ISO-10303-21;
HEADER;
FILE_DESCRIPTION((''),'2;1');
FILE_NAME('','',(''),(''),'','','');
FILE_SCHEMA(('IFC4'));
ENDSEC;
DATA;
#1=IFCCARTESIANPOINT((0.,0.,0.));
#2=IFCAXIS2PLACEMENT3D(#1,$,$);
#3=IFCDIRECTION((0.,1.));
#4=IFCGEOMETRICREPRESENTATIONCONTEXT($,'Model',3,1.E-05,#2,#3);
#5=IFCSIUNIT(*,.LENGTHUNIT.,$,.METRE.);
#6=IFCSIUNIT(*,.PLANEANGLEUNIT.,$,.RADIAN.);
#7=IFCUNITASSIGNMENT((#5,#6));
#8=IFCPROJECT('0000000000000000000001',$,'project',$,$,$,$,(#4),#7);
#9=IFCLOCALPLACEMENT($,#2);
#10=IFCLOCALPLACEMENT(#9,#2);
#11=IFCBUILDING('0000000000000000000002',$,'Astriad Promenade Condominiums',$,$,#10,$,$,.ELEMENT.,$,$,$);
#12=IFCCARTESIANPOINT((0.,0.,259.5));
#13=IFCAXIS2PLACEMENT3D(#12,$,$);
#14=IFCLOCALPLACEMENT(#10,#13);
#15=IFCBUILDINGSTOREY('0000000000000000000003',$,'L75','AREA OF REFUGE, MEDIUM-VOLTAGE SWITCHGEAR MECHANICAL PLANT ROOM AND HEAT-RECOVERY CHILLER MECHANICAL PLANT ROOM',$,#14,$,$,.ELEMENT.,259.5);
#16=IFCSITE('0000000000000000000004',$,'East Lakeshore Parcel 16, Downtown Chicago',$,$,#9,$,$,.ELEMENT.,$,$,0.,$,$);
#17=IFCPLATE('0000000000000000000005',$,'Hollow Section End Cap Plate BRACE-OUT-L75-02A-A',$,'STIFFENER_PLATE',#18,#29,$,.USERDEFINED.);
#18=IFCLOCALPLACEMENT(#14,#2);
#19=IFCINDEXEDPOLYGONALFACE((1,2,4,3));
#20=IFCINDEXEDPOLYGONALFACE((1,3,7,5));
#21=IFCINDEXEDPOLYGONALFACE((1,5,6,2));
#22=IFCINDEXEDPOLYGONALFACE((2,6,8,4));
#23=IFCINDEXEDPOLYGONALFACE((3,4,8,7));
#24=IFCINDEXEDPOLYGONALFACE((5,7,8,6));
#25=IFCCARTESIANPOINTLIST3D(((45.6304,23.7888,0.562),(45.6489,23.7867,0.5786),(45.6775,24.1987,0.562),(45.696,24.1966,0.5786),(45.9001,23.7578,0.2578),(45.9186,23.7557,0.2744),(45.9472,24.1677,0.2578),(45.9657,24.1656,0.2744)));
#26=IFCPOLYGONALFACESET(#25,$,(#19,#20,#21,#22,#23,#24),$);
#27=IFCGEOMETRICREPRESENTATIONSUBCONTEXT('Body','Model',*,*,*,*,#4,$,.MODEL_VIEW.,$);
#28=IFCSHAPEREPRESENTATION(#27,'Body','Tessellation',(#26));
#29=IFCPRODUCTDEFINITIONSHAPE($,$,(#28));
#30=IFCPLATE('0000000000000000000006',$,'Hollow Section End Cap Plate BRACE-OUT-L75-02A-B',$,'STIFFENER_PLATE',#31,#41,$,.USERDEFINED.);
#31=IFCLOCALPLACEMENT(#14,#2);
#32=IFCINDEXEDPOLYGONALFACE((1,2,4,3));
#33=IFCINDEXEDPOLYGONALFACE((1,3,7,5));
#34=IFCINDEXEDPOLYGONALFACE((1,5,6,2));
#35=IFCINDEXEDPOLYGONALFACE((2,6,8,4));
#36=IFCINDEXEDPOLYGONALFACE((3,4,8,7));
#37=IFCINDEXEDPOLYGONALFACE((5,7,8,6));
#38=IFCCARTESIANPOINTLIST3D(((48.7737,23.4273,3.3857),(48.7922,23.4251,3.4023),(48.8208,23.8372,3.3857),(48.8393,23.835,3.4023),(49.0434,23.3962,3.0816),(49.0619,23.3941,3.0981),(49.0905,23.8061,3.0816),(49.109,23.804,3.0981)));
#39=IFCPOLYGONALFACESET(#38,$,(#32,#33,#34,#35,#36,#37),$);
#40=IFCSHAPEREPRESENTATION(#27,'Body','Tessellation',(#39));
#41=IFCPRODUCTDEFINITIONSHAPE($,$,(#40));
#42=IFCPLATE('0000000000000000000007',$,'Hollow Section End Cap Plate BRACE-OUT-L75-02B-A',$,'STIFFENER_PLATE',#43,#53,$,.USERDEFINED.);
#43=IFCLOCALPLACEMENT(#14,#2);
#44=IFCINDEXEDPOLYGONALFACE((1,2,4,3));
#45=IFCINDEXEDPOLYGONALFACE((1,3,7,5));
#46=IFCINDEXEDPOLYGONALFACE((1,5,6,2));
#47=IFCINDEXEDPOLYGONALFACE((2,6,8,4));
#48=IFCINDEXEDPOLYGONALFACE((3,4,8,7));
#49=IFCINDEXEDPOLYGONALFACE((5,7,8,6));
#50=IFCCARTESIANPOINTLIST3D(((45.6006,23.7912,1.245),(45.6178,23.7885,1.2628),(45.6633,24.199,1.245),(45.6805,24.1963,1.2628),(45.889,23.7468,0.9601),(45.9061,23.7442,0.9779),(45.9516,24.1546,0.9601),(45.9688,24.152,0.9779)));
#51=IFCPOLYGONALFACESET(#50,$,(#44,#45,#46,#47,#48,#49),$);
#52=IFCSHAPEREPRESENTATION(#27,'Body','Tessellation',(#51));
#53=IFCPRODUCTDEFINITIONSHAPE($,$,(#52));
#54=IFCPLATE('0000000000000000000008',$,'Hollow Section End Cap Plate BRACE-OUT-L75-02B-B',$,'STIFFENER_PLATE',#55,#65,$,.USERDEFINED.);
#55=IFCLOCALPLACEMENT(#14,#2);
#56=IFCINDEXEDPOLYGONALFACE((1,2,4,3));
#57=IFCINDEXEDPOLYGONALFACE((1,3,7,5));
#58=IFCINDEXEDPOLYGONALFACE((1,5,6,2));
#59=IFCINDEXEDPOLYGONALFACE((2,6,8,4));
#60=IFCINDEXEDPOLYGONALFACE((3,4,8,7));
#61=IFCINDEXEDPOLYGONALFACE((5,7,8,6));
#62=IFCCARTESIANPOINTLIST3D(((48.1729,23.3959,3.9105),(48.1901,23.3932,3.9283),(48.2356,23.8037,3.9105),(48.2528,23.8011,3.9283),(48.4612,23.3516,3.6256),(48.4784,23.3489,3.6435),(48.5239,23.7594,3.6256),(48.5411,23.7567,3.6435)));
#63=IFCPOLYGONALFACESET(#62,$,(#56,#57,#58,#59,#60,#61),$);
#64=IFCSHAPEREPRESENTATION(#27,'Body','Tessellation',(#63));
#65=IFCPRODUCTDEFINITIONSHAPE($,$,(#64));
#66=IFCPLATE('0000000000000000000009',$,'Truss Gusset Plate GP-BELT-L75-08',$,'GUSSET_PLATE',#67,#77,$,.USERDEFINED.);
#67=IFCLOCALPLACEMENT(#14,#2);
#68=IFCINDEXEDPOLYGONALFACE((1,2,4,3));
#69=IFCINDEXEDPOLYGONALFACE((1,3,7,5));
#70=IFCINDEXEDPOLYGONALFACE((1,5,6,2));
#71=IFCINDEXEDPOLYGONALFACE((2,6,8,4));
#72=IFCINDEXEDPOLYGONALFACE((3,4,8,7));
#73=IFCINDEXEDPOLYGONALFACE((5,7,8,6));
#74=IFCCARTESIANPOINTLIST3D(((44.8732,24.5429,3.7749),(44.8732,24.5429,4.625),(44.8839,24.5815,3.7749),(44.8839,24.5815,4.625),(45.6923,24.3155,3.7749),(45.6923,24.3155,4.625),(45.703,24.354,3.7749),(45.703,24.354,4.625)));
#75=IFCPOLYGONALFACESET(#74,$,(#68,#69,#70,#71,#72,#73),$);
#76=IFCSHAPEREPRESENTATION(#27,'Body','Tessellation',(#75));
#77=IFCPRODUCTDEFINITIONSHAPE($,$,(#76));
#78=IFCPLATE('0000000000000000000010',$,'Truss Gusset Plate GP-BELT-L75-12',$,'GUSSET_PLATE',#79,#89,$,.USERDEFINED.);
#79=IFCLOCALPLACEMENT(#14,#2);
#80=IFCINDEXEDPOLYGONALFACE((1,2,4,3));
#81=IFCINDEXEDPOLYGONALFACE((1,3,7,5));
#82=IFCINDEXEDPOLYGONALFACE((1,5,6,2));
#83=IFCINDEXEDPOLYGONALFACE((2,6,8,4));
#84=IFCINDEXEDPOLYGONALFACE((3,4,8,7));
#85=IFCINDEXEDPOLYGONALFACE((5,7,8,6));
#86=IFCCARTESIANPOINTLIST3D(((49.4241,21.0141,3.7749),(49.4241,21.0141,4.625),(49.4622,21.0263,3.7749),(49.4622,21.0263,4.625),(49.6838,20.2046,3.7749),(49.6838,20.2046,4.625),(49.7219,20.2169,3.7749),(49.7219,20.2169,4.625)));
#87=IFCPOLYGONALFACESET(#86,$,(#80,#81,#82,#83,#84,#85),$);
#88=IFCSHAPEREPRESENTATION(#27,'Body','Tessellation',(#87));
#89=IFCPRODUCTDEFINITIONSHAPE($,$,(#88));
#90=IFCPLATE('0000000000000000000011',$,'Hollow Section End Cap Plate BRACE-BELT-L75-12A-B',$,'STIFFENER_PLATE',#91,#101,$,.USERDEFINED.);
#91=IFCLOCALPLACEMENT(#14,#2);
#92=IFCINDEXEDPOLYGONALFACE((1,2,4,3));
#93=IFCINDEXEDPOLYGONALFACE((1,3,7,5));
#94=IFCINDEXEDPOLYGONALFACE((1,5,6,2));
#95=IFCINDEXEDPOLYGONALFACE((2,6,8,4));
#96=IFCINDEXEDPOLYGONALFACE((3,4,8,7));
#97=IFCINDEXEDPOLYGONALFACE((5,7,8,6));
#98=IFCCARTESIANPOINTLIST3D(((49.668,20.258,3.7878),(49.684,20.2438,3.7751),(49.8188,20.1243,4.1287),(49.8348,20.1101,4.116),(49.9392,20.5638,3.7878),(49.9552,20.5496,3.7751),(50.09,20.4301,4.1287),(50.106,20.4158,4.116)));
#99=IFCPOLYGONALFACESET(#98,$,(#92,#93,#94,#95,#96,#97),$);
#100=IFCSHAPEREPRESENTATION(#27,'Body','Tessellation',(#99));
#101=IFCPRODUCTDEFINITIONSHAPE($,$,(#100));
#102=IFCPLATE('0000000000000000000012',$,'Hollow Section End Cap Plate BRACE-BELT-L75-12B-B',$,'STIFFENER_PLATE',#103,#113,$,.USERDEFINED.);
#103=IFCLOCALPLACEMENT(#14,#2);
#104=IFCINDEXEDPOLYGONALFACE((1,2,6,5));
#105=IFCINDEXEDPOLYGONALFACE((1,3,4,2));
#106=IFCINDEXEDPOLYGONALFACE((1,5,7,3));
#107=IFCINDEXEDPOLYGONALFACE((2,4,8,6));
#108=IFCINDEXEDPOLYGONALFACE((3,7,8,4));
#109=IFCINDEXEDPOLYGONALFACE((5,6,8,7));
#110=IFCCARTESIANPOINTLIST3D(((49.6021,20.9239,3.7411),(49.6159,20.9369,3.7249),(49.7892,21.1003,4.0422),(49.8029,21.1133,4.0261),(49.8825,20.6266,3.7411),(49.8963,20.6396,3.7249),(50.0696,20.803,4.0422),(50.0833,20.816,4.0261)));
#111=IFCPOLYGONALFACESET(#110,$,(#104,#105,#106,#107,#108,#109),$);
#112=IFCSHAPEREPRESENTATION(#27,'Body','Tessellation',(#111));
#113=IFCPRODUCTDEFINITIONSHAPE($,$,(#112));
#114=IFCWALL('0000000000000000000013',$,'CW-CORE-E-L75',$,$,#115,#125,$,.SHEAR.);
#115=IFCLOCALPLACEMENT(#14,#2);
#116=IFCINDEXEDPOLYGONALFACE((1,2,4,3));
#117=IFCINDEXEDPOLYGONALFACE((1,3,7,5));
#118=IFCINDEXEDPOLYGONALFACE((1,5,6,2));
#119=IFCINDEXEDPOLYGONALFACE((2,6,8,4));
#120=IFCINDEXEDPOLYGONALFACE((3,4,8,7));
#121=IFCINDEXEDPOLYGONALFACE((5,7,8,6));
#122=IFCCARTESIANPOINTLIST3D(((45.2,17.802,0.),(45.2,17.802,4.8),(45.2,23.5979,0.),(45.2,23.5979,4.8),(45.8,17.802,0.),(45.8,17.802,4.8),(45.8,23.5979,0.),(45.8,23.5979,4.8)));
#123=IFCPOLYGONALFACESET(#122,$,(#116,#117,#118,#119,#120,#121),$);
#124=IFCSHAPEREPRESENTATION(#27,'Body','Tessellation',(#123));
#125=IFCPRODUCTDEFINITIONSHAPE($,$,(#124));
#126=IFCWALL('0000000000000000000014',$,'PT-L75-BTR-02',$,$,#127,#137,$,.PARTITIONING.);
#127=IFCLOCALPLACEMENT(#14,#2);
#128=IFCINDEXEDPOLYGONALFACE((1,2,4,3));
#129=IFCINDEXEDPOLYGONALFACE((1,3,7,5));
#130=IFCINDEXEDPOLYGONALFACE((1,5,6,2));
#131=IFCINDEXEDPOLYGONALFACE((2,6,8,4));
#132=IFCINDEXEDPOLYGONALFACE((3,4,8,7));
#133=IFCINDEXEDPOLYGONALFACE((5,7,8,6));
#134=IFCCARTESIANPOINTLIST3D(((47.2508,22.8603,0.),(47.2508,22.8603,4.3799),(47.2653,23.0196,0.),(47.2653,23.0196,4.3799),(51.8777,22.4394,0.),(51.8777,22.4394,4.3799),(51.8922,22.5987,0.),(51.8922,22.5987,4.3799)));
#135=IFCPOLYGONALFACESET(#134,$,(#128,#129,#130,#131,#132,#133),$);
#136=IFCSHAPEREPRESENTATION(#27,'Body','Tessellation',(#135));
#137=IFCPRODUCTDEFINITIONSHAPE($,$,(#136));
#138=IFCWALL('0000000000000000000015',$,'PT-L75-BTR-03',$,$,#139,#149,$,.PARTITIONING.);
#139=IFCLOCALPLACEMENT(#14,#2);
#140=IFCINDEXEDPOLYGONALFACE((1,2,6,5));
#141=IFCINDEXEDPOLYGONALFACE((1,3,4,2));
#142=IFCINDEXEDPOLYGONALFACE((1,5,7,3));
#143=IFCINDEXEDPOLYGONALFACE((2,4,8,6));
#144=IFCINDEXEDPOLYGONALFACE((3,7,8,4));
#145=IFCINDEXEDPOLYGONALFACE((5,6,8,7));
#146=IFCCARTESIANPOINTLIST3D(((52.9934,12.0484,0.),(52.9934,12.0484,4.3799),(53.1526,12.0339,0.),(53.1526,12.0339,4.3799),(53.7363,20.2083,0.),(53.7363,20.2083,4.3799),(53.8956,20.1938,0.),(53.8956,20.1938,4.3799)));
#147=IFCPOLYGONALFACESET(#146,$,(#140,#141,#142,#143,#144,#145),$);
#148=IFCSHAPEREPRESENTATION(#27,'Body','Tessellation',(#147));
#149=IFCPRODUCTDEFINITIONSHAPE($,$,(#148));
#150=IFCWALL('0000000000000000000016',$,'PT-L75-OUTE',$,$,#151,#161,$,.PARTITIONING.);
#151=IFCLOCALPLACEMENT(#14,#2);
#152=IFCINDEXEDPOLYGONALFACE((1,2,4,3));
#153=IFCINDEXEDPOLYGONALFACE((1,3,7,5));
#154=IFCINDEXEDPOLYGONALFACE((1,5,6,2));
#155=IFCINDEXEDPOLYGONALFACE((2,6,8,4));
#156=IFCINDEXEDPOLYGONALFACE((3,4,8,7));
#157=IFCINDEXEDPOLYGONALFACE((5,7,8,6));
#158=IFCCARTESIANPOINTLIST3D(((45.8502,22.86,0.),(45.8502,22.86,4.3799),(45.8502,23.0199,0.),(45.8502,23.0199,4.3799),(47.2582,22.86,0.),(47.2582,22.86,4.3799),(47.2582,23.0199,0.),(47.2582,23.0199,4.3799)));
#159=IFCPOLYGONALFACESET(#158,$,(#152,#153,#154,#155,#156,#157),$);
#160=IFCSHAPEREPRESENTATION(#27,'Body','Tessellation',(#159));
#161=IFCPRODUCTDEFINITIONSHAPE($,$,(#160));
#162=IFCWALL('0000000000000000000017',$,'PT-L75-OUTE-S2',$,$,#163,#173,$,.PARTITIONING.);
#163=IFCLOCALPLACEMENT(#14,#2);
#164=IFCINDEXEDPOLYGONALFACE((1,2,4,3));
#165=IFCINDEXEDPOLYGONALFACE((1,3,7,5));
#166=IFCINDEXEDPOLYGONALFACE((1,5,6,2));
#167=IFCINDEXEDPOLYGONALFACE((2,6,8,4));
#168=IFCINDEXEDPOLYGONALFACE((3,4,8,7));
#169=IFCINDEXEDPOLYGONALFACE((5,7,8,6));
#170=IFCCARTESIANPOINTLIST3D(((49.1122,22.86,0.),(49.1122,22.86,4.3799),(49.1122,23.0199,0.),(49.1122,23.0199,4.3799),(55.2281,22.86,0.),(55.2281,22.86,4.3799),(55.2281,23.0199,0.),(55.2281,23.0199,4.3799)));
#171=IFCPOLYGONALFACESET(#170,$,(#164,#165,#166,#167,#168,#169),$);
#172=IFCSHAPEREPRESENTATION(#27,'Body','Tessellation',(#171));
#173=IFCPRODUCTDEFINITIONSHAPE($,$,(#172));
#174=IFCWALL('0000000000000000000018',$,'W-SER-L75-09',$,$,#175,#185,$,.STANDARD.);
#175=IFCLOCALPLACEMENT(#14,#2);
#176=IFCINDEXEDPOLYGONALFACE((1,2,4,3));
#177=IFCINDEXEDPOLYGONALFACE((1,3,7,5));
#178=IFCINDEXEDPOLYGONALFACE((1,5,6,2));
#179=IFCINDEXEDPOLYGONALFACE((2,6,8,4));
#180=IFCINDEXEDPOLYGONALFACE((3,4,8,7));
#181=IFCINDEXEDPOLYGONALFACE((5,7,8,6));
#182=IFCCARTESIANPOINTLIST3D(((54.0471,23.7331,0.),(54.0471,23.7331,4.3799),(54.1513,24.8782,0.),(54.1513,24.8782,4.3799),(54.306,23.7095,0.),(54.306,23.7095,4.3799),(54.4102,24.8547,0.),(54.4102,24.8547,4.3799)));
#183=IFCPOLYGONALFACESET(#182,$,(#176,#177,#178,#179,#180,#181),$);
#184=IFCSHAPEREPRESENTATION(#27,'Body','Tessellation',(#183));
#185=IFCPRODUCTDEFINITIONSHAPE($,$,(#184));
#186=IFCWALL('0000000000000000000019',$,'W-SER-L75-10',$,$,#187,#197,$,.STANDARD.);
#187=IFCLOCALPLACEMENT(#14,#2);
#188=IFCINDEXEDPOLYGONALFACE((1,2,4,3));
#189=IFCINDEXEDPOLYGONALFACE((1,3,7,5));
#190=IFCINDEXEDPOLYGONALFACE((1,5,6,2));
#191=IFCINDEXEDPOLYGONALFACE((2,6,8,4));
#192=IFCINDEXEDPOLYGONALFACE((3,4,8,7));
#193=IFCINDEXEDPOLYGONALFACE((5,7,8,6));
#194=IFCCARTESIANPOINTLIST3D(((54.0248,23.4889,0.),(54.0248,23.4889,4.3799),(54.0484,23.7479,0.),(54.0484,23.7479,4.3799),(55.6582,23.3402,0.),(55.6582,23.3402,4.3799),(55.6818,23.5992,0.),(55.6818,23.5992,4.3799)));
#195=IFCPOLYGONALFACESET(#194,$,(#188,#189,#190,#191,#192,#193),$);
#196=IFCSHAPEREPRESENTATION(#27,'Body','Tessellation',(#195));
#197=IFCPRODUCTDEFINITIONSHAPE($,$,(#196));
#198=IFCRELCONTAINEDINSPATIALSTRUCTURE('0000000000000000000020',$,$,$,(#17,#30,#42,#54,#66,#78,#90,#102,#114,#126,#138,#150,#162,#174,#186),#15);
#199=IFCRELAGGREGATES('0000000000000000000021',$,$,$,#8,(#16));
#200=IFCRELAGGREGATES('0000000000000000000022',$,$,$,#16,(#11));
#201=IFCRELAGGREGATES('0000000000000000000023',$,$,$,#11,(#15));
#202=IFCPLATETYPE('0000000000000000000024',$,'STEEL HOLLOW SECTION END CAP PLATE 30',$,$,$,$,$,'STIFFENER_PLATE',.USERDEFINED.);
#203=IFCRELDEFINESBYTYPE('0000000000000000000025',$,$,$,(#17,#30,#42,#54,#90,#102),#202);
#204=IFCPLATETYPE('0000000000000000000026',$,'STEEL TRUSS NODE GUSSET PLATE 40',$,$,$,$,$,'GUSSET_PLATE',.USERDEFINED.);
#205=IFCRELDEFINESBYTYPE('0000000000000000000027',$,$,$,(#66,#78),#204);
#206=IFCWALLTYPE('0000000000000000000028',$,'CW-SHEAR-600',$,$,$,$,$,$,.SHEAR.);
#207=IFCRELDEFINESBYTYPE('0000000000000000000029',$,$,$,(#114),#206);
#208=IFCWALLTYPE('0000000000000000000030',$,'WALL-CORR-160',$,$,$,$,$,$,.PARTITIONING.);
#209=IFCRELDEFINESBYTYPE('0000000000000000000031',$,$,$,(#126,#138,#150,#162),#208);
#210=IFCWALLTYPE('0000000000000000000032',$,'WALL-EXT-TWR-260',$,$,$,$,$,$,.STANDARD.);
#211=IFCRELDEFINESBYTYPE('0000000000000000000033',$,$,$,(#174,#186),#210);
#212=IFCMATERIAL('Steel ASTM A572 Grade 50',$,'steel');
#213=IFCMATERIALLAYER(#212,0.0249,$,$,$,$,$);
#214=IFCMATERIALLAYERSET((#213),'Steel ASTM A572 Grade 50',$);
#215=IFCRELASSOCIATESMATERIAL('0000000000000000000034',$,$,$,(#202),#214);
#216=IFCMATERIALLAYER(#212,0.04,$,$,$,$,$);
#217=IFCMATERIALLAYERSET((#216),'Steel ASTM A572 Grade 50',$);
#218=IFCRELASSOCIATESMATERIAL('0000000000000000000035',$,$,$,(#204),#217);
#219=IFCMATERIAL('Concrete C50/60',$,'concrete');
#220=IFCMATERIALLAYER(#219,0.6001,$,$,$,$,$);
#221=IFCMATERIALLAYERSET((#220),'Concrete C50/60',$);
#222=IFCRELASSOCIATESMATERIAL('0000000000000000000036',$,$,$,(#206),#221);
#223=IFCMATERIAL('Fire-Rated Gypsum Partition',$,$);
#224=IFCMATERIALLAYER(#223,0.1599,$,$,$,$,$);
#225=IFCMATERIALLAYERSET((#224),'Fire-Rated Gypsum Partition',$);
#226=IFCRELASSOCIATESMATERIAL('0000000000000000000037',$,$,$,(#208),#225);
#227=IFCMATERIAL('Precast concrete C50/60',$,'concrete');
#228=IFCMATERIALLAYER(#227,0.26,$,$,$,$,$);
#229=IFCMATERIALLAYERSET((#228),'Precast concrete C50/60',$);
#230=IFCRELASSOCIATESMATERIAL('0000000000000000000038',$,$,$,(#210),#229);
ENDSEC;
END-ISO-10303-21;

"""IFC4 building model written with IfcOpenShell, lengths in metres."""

from ifc_helpers import new_model, si_unit, direction, frame, frame_2d, origin, origin_2d, place, context, subcontext, project, spatial, rectangle, extrude, source, transform, mapped, material, layer, layer_set, type_object, type_shapes, element, save


model = new_model("IFC4")

# Units and contexts
model_context = context("Model", 3, precision=1e-05, world=origin(), true_north=direction((0.0, 1.0)))
body_context = subcontext(model_context, "Body", "Model", "MODEL_VIEW")
ifc_project = project(units=[si_unit("LENGTHUNIT", "METRE"), si_unit("PLANEANGLEUNIT", "RADIAN")], contexts=[model_context])

# Site, building, storey
site_placement = place(None, origin())
site = spatial("IfcSite", under=ifc_project, at=site_placement, Name="East Lakeshore Parcel 16, Downtown Chicago", CompositionType="ELEMENT", RefElevation=0.0)
building_placement = place(site_placement, origin())
building = spatial("IfcBuilding", under=site, at=building_placement, Name="Astriad Promenade Condominiums", CompositionType="ELEMENT")
storey_placement = place(building_placement, frame((0.0, 0.0, 259.5)))
storey = spatial("IfcBuildingStorey", under=building, at=storey_placement, Name="L75", Description="AREA OF REFUGE, MEDIUM-VOLTAGE SWITCHGEAR MECHANICAL PLANT ROOM AND HEAT-RECOVERY CHILLER MECHANICAL PLANT ROOM", CompositionType="ELEMENT", Elevation=259.5)

# Plates
ifc_material_1 = material(Name="Steel ASTM A572 Grade 50", Category="steel")
ifc_layer_1 = layer(ifc_material_1, 0.0249)
ifc_layer_set_1 = layer_set([ifc_layer_1], Name="Steel ASTM A572 Grade 50")
plate_type_1 = type_object("IfcPlateType", Name="STEEL HOLLOW SECTION END CAP PLATE 30", ElementType="STIFFENER_PLATE", PredefinedType="USERDEFINED", material=ifc_layer_set_1)
shared_shape_1 = source(origin(), body_context, "Body", "SweptSolid", [
    extrude(rectangle(XDim=0.4126, YDim=0.4077, at=origin_2d()), origin(), (0.0, 0.0, 1.0), 0.0249),
])
for number, where, z_axis, x_axis, name in (
    (1, (45.7888, 23.9783, 0.4099), (0.741173, -0.085202, 0.665886), (0.114203, 0.993457, 0.0), "Hollow Section End Cap Plate BRACE-OUT-L75-02A-A"),
    (2, (48.9321, 23.6167, 3.2336), (0.741173, -0.085202, 0.665886), (0.114203, 0.993457, 0.0), "Hollow Section End Cap Plate BRACE-OUT-L75-02A-B"),
    (3, (45.7761, 23.9729, 1.1025), (0.690504, -0.106125, 0.715501), (0.151909, 0.988394, 0.0), "Hollow Section End Cap Plate BRACE-OUT-L75-02B-A"),
    (4, (48.3484, 23.5776, 3.7681), (0.690504, -0.106125, 0.715501), (0.151909, 0.988394, 0.0), "Hollow Section End Cap Plate BRACE-OUT-L75-02B-B"),
):
    element("IfcPlate", number, at=place(storey_placement, frame(where, z_axis=z_axis, x_axis=x_axis)), inside=storey, type_object=plate_type_1, Name=name, ObjectType="STIFFENER_PLATE", PredefinedType="USERDEFINED", context=body_context, shape_type="MappedRepresentation", body=[
        mapped(shared_shape_1, transform((0.0, 0.0, 0.0), scale=1.0)),
    ])
ifc_layer_2 = layer(ifc_material_1, 0.04)
ifc_layer_set_2 = layer_set([ifc_layer_2], Name="Steel ASTM A572 Grade 50")
plate_type_2 = type_object("IfcPlateType", Name="STEEL TRUSS NODE GUSSET PLATE 40", ElementType="GUSSET_PLATE", PredefinedType="USERDEFINED", material=ifc_layer_set_2)
shared_shape_2 = source(origin(), body_context, "Body", "SweptSolid", [
    extrude(rectangle(XDim=0.8501, YDim=0.04, at=origin_2d()), origin(), (0.0, 0.0, 1.0), 0.8501),
])
type_shapes(plate_type_2, [shared_shape_2])
for number, where, z_axis, x_axis, name in (
    (5, (45.2881, 24.4485, 3.7749), (0.0, 0.0, 1.0), (0.963537, -0.267575, 0.0), "Truss Gusset Plate GP-BELT-L75-08"),
    (6, (49.573, 20.6155, 3.7749), (0.0, 0.0, 1.0), (-0.305529, 0.952183, 0.0), "Truss Gusset Plate GP-BELT-L75-12"),
):
    element("IfcPlate", number, at=place(storey_placement, frame(where, z_axis=z_axis, x_axis=x_axis)), inside=storey, type_object=plate_type_2, Name=name, ObjectType="GUSSET_PLATE", PredefinedType="USERDEFINED", context=body_context, shape_type="MappedRepresentation", body=[
        mapped(shared_shape_2, transform((0.0, 0.0, 0.0), scale=1.0)),
    ])
shared_shape_3 = source(origin(), body_context, "Body", "SweptSolid", [
    extrude(rectangle(XDim=0.4087, YDim=0.396, at=origin_2d()), origin(), (0.0, 0.0, 1.0), 0.0249),
])
for number, where, z_axis, x_axis, name in (
    (7, (49.895, 20.3298, 3.9456), (-0.643996, 0.571108, 0.509023), (-0.663498, -0.748178, 0.0), "Hollow Section End Cap Plate BRACE-BELT-L75-12A-B"),
    (8, (49.8496, 20.8765, 3.8755), (-0.553346, -0.521802, 0.649254), (0.686065, -0.72754, 0.0), "Hollow Section End Cap Plate BRACE-BELT-L75-12B-B"),
):
    element("IfcPlate", number, at=place(storey_placement, frame(where, z_axis=z_axis, x_axis=x_axis)), inside=storey, type_object=plate_type_1, Name=name, ObjectType="STIFFENER_PLATE", PredefinedType="USERDEFINED", context=body_context, shape_type="MappedRepresentation", body=[
        mapped(shared_shape_3, transform((0.0, 0.0, 0.0), scale=1.0)),
    ])

# Walls
ifc_material_2 = material(Name="Concrete C50/60", Category="concrete")
ifc_layer_3 = layer(ifc_material_2, 0.6001)
ifc_layer_set_3 = layer_set([ifc_layer_3], Name="Concrete C50/60")
wall_type_1 = type_object("IfcWallType", Name="CW-SHEAR-600", PredefinedType="SHEAR", material=ifc_layer_set_3)
wall_1_placement = place(storey_placement, frame((45.5, 17.802, 0.0), z_axis=(0.0, 0.0, 1.0), x_axis=(0.0, 1.0, 0.0)))
element("IfcWall", 9, at=wall_1_placement, inside=storey, type_object=wall_type_1, Name="CW-CORE-E-L75", PredefinedType="SHEAR", context=body_context, shape_type="SweptSolid", body=[
    extrude(rectangle(XDim=5.7959, YDim=0.6001, at=frame_2d((2.8979, 0.0))), origin(), (0.0, 0.0, 1.0), 4.8),
])
ifc_material_3 = material(Name="Fire-Rated Gypsum Partition")
ifc_layer_4 = layer(ifc_material_3, 0.1599)
ifc_layer_set_4 = layer_set([ifc_layer_4], Name="Fire-Rated Gypsum Partition")
wall_type_2 = type_object("IfcWallType", Name="WALL-CORR-160", PredefinedType="PARTITIONING", material=ifc_layer_set_4)
wall_2_placement = place(storey_placement, frame((47.2581, 22.9399, 0.0), z_axis=(0.0, 0.0, 1.0), x_axis=(0.995888, -0.090593, 0.0)))
element("IfcWall", 10, at=wall_2_placement, inside=storey, type_object=wall_type_2, Name="PT-L75-BTR-02", PredefinedType="PARTITIONING", context=body_context, shape_type="SweptSolid", body=[
    extrude(rectangle(XDim=4.646, YDim=0.1599, at=frame_2d((2.323, 0.0))), origin(), (0.0, 0.0, 1.0), 4.3799),
])
wall_3_placement = place(storey_placement, frame((53.8159, 20.2009, 0.0), z_axis=(0.0, 0.0, 1.0), x_axis=(-0.09067, -0.995881, 0.0)))
element("IfcWall", 11, at=wall_3_placement, inside=storey, type_object=wall_type_2, Name="PT-L75-BTR-03", PredefinedType="PARTITIONING", context=body_context, shape_type="SweptSolid", body=[
    extrude(rectangle(XDim=8.1936, YDim=0.1599, at=frame_2d((4.0967, 0.0))), origin(), (0.0, 0.0, 1.0), 4.3799),
])
wall_4_placement = place(storey_placement, frame((45.8501, 22.9399, 0.0), z_axis=(0.0, 0.0, 1.0), x_axis=(1.0, 0.0, 0.0)))
element("IfcWall", 12, at=wall_4_placement, inside=storey, type_object=wall_type_2, Name="PT-L75-OUTE", PredefinedType="PARTITIONING", context=body_context, shape_type="SweptSolid", body=[
    extrude(rectangle(XDim=1.408, YDim=0.1599, at=frame_2d((0.7041, 0.0))), origin(), (0.0, 0.0, 1.0), 4.3799),
])
wall_5_placement = place(storey_placement, frame((49.1121, 22.9399, 0.0), z_axis=(0.0, 0.0, 1.0), x_axis=(1.0, 0.0, 0.0)))
element("IfcWall", 13, at=wall_5_placement, inside=storey, type_object=wall_type_2, Name="PT-L75-OUTE-S2", PredefinedType="PARTITIONING", context=body_context, shape_type="SweptSolid", body=[
    extrude(rectangle(XDim=6.116, YDim=0.1599, at=frame_2d((3.0581, 0.0))), origin(), (0.0, 0.0, 1.0), 4.3799),
])
ifc_material_4 = material(Name="Precast concrete C50/60", Category="concrete")
ifc_layer_5 = layer(ifc_material_4, 0.26)
ifc_layer_set_5 = layer_set([ifc_layer_5], Name="Precast concrete C50/60")
wall_type_3 = type_object("IfcWallType", Name="WALL-EXT-TWR-260", PredefinedType="STANDARD", material=ifc_layer_set_5)
wall_6_placement = place(storey_placement, frame((54.2808, 24.8665, 0.0), z_axis=(0.0, 0.0, 1.0), x_axis=(-0.090651, -0.995883, 0.0)))
element("IfcWall", 14, at=wall_6_placement, inside=storey, type_object=wall_type_3, Name="W-SER-L75-09", PredefinedType="STANDARD", context=body_context, shape_type="SweptSolid", body=[
    extrude(rectangle(XDim=1.1499, YDim=0.26, at=frame_2d((0.575, 0.0))), origin(), (0.0, 0.0, 1.0), 4.3799),
])
wall_7_placement = place(storey_placement, frame((54.0366, 23.6184, 0.0), z_axis=(0.0, 0.0, 1.0), x_axis=(0.995882, -0.090657, 0.0)))
element("IfcWall", 15, at=wall_7_placement, inside=storey, type_object=wall_type_3, Name="W-SER-L75-10", PredefinedType="STANDARD", context=body_context, shape_type="SweptSolid", body=[
    extrude(rectangle(XDim=1.6401, YDim=0.26, at=frame_2d((0.8201, 0.0))), origin(), (0.0, 0.0, 1.0), 4.3799),
])

save(model, "model.ifc")
